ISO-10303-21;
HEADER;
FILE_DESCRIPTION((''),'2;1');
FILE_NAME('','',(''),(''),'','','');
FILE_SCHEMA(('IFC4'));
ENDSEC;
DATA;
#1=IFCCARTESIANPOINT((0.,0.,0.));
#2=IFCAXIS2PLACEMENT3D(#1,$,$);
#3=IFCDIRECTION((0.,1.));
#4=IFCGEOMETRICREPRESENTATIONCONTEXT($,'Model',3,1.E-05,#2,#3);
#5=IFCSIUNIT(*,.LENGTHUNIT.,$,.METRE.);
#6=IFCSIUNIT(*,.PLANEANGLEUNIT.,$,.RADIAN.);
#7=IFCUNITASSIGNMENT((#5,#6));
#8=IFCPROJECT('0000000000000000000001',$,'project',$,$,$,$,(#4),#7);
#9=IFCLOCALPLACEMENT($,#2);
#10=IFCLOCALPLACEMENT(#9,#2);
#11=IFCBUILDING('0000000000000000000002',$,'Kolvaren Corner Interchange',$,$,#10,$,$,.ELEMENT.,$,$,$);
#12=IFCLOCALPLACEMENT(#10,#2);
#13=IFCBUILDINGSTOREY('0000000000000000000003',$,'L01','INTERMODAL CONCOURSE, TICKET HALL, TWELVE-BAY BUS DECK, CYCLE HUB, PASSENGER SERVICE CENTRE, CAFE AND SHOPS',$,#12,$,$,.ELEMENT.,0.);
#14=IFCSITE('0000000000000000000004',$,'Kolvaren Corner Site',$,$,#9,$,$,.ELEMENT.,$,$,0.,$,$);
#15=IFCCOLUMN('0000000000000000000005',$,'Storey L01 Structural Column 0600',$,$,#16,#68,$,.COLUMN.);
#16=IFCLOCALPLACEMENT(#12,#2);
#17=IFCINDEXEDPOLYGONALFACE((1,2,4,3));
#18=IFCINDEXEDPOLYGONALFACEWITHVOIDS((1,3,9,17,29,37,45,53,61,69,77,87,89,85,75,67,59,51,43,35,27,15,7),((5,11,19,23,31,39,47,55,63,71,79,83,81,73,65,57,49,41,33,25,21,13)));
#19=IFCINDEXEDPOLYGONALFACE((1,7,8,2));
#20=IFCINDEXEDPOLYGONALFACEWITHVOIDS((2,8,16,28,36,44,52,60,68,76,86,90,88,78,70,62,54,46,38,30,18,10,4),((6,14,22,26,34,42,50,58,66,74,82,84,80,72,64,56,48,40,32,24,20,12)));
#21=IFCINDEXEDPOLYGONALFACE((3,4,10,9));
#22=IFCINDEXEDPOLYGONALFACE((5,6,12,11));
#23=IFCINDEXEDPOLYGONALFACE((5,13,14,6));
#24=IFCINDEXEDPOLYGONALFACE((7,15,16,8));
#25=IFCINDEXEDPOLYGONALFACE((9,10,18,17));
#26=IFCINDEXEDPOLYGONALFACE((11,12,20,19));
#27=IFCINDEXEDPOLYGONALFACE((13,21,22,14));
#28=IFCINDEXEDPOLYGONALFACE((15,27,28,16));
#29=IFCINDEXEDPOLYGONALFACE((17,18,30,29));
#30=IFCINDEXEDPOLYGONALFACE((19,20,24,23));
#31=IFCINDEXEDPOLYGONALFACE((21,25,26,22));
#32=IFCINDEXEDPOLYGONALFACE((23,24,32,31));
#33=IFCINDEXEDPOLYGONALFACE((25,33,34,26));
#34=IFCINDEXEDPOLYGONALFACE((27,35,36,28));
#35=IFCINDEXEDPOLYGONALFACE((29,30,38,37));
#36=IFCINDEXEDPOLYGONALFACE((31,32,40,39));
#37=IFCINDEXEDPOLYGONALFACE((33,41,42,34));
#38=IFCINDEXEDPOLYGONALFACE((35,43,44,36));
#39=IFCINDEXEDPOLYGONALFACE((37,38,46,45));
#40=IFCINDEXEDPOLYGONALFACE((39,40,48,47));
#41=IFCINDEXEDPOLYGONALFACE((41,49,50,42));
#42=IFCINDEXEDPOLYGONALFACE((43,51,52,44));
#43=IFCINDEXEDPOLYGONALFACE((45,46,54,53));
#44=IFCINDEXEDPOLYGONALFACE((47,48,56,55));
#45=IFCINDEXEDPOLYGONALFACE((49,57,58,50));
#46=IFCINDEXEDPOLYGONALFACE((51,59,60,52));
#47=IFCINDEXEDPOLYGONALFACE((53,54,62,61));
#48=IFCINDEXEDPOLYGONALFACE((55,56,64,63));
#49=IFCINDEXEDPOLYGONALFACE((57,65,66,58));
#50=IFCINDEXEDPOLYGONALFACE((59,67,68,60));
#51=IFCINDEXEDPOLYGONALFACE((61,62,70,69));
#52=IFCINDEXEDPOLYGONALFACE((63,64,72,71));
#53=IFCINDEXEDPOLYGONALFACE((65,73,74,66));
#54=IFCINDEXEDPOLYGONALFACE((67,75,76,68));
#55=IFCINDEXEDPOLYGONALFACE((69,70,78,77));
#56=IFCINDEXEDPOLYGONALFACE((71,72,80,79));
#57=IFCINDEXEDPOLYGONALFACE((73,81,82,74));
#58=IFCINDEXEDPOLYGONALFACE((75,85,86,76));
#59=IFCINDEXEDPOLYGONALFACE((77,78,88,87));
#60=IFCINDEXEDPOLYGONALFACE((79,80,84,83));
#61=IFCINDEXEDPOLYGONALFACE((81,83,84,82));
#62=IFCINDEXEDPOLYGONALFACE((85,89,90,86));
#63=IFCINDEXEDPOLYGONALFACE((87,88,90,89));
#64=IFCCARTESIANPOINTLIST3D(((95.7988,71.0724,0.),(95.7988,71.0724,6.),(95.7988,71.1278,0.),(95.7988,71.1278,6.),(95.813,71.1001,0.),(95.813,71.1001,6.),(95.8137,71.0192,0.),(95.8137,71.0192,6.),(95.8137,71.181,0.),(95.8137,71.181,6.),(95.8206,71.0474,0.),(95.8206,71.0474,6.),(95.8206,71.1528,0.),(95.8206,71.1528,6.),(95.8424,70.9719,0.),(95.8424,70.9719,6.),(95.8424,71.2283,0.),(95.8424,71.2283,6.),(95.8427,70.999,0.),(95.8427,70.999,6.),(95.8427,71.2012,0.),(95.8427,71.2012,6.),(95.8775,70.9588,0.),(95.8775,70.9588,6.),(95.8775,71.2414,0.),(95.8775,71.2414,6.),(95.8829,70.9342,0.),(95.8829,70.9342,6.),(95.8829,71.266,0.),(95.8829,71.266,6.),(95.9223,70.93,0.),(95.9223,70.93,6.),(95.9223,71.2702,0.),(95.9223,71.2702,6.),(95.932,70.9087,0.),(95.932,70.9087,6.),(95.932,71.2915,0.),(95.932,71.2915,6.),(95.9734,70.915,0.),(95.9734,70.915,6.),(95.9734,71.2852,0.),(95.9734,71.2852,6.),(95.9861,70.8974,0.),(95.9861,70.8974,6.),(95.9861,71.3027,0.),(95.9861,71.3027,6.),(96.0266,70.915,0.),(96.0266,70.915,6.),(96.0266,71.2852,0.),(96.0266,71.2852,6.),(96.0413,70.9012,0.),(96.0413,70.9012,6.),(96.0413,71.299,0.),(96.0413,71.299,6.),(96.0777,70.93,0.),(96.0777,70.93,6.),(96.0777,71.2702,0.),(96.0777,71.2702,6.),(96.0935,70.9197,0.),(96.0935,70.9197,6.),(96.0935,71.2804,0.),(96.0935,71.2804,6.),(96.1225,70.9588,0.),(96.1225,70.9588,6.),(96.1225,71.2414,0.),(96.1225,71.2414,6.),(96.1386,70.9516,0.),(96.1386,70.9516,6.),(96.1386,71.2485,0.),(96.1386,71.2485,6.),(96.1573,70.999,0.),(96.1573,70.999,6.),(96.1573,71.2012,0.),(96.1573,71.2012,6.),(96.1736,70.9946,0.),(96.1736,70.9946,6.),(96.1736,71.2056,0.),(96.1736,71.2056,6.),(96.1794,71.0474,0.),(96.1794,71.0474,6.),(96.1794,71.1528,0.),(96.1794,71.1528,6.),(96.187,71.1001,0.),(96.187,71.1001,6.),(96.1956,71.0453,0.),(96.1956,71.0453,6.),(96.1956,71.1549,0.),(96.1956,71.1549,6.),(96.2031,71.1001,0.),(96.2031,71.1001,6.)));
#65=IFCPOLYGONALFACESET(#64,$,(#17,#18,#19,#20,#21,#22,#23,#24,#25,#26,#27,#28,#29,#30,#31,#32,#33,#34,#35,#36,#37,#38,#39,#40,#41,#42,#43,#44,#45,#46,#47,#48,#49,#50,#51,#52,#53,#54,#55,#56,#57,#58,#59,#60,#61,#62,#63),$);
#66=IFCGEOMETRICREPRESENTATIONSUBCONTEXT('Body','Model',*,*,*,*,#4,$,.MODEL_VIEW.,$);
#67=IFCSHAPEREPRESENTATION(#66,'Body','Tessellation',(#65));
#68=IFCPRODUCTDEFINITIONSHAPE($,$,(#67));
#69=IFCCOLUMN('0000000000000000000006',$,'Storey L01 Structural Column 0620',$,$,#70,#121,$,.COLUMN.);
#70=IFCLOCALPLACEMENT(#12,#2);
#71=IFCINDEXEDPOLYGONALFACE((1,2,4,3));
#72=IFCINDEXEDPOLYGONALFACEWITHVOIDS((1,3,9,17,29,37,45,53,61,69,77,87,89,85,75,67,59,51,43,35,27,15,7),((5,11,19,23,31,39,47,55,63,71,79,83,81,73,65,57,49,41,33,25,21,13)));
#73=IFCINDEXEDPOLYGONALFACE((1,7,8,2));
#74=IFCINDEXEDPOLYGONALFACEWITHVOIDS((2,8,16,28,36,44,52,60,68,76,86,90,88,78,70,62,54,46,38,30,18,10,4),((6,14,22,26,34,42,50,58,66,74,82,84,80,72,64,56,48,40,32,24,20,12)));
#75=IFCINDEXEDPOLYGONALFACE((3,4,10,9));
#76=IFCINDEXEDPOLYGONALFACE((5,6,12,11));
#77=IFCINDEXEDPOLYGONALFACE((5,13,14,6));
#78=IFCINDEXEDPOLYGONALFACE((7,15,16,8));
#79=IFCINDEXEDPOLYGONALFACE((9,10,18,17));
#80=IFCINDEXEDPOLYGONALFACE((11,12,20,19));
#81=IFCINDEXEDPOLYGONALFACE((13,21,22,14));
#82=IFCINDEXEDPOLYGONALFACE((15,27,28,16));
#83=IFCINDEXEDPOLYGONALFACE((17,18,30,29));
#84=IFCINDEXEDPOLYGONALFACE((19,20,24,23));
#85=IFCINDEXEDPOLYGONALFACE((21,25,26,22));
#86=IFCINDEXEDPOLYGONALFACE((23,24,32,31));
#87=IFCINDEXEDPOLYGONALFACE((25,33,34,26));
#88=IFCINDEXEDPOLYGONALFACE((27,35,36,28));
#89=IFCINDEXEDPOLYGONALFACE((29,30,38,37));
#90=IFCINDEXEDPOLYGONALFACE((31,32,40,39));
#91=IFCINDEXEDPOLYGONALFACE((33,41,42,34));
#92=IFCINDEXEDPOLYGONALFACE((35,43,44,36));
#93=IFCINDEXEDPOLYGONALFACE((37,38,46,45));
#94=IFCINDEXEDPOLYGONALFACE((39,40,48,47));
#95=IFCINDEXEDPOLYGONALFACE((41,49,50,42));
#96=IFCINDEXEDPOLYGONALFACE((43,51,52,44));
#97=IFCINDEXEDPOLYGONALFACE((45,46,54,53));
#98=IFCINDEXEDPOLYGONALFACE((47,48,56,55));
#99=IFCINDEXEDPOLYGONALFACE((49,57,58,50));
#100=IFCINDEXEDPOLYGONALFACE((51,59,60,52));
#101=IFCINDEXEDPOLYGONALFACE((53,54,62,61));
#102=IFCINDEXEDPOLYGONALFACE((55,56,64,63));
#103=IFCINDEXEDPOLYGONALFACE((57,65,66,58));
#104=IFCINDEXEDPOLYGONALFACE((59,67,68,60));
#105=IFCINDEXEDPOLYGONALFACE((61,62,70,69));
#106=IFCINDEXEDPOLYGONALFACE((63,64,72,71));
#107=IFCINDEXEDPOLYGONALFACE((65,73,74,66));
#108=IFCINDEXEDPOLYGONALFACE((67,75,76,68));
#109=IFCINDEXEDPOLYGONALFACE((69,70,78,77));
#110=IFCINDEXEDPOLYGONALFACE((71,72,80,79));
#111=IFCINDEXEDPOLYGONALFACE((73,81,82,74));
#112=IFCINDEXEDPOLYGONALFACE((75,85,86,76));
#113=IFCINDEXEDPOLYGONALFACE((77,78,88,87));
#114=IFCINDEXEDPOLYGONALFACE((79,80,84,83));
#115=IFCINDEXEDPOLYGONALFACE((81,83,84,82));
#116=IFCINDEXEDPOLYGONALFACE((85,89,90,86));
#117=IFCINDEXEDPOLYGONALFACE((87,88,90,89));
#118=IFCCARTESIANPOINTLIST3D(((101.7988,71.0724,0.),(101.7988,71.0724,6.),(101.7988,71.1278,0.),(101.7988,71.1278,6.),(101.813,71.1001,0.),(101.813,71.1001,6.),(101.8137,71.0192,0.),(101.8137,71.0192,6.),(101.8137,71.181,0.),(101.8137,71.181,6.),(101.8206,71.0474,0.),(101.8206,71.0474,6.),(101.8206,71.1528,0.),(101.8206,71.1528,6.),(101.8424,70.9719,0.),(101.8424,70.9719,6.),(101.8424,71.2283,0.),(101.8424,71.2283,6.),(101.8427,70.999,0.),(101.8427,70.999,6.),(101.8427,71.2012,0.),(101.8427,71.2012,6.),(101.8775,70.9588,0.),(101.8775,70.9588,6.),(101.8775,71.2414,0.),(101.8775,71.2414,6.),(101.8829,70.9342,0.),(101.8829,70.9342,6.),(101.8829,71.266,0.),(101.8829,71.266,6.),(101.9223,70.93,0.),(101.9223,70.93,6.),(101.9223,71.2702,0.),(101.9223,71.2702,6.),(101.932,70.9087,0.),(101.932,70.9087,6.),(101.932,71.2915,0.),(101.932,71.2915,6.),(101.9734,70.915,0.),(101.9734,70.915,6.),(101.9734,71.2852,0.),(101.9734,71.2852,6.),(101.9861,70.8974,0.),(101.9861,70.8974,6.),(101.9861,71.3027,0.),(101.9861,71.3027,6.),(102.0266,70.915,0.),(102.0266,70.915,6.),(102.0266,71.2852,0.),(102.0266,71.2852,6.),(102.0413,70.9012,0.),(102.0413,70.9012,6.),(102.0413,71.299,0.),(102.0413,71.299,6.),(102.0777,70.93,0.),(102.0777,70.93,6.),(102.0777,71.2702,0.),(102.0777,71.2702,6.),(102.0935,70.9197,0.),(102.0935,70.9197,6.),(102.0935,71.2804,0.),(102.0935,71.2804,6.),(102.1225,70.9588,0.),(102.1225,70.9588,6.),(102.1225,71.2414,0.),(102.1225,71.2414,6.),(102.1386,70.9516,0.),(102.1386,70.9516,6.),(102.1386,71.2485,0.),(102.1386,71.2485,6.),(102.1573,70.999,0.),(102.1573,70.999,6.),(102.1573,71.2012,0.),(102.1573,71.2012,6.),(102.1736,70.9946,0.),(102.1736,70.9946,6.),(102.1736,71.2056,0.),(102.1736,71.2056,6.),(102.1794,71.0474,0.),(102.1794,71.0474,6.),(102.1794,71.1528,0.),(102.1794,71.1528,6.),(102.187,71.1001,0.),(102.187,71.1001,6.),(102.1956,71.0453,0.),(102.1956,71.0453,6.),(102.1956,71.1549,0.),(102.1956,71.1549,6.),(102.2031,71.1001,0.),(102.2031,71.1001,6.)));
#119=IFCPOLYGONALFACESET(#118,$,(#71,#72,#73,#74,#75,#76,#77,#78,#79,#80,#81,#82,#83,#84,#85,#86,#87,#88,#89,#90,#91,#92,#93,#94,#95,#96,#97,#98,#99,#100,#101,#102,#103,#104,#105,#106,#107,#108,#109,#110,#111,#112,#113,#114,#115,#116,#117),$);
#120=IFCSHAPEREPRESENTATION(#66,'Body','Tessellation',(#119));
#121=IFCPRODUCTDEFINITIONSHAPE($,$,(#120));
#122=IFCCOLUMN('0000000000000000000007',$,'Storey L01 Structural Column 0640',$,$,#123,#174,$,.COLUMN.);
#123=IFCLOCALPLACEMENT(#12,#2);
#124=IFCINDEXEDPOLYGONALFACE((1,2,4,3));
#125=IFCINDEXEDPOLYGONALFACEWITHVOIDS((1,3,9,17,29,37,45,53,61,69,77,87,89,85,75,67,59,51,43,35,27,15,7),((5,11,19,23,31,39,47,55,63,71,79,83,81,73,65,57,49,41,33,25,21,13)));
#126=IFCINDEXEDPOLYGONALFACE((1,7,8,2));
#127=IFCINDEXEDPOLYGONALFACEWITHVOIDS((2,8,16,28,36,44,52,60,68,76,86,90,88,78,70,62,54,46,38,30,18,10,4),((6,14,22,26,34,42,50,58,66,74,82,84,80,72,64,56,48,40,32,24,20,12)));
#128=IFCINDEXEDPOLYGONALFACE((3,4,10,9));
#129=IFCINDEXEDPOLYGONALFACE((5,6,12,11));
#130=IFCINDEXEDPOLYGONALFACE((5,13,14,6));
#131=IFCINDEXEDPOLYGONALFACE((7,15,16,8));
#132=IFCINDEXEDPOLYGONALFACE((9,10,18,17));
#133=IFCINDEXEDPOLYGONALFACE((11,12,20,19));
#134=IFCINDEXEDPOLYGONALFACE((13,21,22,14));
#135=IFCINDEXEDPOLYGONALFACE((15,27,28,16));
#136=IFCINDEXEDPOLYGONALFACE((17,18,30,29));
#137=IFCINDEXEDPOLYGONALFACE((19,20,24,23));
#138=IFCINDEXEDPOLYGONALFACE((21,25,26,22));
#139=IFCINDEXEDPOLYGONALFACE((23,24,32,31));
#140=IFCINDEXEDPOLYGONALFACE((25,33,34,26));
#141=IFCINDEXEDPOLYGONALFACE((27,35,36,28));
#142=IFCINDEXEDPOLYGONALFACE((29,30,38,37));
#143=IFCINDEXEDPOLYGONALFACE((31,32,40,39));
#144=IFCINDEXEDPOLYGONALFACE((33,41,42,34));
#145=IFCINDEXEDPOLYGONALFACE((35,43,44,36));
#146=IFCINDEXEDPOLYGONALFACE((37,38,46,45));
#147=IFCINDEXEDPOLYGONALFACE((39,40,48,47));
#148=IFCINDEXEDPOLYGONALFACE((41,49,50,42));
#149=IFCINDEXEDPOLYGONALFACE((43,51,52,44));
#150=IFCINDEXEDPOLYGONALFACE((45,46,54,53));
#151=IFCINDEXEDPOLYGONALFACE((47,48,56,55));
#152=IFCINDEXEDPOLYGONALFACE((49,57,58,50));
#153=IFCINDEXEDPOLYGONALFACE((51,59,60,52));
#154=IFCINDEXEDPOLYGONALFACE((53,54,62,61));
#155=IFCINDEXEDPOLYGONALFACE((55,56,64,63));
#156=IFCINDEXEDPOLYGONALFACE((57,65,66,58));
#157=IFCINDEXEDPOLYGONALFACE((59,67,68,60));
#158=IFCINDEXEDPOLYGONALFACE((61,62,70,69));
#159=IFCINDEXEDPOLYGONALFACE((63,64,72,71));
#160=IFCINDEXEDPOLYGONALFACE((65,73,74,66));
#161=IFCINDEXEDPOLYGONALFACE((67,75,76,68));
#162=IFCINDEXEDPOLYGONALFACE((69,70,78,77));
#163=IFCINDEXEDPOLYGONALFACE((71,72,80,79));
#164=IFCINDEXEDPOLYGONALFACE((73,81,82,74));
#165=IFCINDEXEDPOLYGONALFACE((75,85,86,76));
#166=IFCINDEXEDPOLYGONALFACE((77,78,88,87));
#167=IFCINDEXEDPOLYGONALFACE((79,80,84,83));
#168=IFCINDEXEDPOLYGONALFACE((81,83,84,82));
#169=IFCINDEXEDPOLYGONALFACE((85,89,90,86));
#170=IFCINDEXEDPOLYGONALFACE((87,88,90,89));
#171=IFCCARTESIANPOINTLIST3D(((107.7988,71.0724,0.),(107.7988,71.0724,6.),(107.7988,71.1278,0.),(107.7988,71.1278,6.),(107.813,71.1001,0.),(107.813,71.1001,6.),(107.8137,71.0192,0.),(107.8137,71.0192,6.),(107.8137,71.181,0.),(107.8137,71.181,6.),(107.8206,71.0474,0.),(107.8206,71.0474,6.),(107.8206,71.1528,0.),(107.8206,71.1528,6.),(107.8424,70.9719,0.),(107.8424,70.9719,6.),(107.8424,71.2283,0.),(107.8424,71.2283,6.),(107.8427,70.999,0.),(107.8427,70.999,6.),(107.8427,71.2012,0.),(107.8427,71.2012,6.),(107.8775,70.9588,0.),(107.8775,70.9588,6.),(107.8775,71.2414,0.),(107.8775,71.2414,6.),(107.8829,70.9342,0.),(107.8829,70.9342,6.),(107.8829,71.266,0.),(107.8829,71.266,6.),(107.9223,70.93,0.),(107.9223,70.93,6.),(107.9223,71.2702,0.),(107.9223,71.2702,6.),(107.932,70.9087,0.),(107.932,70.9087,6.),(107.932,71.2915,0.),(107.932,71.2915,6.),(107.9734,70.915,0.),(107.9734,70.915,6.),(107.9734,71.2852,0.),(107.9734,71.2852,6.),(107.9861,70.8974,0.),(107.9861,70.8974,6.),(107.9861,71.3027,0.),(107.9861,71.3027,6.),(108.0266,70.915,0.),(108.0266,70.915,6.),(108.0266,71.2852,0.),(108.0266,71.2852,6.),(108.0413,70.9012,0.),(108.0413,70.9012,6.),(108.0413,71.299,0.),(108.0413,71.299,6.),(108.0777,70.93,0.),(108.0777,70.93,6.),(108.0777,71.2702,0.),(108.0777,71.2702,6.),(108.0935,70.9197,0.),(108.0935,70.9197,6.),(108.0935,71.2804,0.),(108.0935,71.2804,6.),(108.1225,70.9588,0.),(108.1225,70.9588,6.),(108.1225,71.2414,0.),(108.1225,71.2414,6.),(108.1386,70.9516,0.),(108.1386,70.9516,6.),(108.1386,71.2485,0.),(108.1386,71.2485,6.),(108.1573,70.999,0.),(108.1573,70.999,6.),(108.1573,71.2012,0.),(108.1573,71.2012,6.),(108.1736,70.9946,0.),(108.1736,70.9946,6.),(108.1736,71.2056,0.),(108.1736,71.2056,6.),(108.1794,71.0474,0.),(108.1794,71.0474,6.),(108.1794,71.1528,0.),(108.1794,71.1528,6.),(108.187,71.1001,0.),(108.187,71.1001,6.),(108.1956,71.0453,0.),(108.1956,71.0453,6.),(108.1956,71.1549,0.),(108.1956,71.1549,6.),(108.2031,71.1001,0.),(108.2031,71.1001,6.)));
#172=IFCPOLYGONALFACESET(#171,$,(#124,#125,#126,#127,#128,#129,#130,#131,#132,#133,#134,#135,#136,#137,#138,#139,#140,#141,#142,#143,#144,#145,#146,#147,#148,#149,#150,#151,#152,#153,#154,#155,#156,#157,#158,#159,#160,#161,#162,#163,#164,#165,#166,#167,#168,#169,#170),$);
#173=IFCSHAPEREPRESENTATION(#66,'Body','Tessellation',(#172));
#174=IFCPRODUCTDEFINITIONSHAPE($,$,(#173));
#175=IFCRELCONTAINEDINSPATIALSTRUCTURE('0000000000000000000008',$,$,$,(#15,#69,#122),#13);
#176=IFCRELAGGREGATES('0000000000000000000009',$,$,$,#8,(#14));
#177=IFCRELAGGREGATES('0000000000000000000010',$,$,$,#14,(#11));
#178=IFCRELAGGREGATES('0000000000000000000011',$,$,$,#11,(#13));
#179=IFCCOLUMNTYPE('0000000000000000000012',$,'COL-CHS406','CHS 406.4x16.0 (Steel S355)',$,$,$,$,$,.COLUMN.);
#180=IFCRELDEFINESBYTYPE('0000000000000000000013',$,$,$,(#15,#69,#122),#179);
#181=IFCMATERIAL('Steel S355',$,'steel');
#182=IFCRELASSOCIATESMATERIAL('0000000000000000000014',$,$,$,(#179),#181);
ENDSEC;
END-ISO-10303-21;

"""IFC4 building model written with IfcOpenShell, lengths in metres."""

from ifc_helpers import new_model, si_unit, direction, frame, origin, origin_2d, place, context, subcontext, project, spatial, hollow_circle, extrude, material, material_profile, profile_set, type_object, element, save


model = new_model("IFC4")

# Units and contexts
model_context = context("Model", 3, precision=1e-05, world=origin(), true_north=direction((0.0, 1.0)))
body_context = subcontext(model_context, "Body", "Model", "MODEL_VIEW")
ifc_project = project(units=[si_unit("LENGTHUNIT", "METRE"), si_unit("PLANEANGLEUNIT", "RADIAN")], contexts=[model_context])

# Site, building, storey
site_placement = place(None, origin())
site = spatial("IfcSite", under=ifc_project, at=site_placement, Name="Kolvaren Corner Site", CompositionType="ELEMENT", RefElevation=0.0)
building_placement = place(site_placement, origin())
building = spatial("IfcBuilding", under=site, at=building_placement, Name="Kolvaren Corner Interchange", CompositionType="ELEMENT")
storey_placement = place(building_placement, origin())
storey = spatial("IfcBuildingStorey", under=building, at=storey_placement, Name="L01", Description="INTERMODAL CONCOURSE, TICKET HALL, TWELVE-BAY BUS DECK, CYCLE HUB, PASSENGER SERVICE CENTRE, CAFE AND SHOPS", CompositionType="ELEMENT", Elevation=0.0)

# Columns
ifc_material_1 = material(Name="Steel S355", Category="steel")
ifc_material_profile_1 = material_profile(ifc_material_1, hollow_circle(Radius=0.2031, WallThickness=0.0161, at=origin_2d()), Name="CHS 406.4x16.0")
ifc_profile_set_1 = profile_set([ifc_material_profile_1], Name="Steel S355")
column_type_1 = type_object("IfcColumnType", Name="COL-CHS406", Description="CHS 406.4x16.0 (Steel S355)", PredefinedType="COLUMN", material=ifc_profile_set_1)
for number, where, z_axis, x_axis, name in (
    (1, (96.0, 71.1001, 0.0), (0.0, 0.0, 1.0), (1.0, 0.0, 0.0), "Storey L01 Structural Column 0600"),
    (2, (102.0, 71.1001, 0.0), (0.0, 0.0, 1.0), (1.0, 0.0, 0.0), "Storey L01 Structural Column 0620"),
    (3, (108.0, 71.1001, 0.0), (0.0, 0.0, 1.0), (1.0, 0.0, 0.0), "Storey L01 Structural Column 0640"),
):
    element("IfcColumn", number, at=place(storey_placement, frame(where, z_axis=z_axis, x_axis=x_axis)), inside=storey, type_object=column_type_1, Name=name, PredefinedType="COLUMN", context=body_context, shape_type="SweptSolid", body=[
        extrude(hollow_circle(Radius=0.2031, WallThickness=0.0161, at=origin_2d()), origin(), (0.0, 0.0, 1.0), 6.0),
    ])

save(model, "model.ifc")
